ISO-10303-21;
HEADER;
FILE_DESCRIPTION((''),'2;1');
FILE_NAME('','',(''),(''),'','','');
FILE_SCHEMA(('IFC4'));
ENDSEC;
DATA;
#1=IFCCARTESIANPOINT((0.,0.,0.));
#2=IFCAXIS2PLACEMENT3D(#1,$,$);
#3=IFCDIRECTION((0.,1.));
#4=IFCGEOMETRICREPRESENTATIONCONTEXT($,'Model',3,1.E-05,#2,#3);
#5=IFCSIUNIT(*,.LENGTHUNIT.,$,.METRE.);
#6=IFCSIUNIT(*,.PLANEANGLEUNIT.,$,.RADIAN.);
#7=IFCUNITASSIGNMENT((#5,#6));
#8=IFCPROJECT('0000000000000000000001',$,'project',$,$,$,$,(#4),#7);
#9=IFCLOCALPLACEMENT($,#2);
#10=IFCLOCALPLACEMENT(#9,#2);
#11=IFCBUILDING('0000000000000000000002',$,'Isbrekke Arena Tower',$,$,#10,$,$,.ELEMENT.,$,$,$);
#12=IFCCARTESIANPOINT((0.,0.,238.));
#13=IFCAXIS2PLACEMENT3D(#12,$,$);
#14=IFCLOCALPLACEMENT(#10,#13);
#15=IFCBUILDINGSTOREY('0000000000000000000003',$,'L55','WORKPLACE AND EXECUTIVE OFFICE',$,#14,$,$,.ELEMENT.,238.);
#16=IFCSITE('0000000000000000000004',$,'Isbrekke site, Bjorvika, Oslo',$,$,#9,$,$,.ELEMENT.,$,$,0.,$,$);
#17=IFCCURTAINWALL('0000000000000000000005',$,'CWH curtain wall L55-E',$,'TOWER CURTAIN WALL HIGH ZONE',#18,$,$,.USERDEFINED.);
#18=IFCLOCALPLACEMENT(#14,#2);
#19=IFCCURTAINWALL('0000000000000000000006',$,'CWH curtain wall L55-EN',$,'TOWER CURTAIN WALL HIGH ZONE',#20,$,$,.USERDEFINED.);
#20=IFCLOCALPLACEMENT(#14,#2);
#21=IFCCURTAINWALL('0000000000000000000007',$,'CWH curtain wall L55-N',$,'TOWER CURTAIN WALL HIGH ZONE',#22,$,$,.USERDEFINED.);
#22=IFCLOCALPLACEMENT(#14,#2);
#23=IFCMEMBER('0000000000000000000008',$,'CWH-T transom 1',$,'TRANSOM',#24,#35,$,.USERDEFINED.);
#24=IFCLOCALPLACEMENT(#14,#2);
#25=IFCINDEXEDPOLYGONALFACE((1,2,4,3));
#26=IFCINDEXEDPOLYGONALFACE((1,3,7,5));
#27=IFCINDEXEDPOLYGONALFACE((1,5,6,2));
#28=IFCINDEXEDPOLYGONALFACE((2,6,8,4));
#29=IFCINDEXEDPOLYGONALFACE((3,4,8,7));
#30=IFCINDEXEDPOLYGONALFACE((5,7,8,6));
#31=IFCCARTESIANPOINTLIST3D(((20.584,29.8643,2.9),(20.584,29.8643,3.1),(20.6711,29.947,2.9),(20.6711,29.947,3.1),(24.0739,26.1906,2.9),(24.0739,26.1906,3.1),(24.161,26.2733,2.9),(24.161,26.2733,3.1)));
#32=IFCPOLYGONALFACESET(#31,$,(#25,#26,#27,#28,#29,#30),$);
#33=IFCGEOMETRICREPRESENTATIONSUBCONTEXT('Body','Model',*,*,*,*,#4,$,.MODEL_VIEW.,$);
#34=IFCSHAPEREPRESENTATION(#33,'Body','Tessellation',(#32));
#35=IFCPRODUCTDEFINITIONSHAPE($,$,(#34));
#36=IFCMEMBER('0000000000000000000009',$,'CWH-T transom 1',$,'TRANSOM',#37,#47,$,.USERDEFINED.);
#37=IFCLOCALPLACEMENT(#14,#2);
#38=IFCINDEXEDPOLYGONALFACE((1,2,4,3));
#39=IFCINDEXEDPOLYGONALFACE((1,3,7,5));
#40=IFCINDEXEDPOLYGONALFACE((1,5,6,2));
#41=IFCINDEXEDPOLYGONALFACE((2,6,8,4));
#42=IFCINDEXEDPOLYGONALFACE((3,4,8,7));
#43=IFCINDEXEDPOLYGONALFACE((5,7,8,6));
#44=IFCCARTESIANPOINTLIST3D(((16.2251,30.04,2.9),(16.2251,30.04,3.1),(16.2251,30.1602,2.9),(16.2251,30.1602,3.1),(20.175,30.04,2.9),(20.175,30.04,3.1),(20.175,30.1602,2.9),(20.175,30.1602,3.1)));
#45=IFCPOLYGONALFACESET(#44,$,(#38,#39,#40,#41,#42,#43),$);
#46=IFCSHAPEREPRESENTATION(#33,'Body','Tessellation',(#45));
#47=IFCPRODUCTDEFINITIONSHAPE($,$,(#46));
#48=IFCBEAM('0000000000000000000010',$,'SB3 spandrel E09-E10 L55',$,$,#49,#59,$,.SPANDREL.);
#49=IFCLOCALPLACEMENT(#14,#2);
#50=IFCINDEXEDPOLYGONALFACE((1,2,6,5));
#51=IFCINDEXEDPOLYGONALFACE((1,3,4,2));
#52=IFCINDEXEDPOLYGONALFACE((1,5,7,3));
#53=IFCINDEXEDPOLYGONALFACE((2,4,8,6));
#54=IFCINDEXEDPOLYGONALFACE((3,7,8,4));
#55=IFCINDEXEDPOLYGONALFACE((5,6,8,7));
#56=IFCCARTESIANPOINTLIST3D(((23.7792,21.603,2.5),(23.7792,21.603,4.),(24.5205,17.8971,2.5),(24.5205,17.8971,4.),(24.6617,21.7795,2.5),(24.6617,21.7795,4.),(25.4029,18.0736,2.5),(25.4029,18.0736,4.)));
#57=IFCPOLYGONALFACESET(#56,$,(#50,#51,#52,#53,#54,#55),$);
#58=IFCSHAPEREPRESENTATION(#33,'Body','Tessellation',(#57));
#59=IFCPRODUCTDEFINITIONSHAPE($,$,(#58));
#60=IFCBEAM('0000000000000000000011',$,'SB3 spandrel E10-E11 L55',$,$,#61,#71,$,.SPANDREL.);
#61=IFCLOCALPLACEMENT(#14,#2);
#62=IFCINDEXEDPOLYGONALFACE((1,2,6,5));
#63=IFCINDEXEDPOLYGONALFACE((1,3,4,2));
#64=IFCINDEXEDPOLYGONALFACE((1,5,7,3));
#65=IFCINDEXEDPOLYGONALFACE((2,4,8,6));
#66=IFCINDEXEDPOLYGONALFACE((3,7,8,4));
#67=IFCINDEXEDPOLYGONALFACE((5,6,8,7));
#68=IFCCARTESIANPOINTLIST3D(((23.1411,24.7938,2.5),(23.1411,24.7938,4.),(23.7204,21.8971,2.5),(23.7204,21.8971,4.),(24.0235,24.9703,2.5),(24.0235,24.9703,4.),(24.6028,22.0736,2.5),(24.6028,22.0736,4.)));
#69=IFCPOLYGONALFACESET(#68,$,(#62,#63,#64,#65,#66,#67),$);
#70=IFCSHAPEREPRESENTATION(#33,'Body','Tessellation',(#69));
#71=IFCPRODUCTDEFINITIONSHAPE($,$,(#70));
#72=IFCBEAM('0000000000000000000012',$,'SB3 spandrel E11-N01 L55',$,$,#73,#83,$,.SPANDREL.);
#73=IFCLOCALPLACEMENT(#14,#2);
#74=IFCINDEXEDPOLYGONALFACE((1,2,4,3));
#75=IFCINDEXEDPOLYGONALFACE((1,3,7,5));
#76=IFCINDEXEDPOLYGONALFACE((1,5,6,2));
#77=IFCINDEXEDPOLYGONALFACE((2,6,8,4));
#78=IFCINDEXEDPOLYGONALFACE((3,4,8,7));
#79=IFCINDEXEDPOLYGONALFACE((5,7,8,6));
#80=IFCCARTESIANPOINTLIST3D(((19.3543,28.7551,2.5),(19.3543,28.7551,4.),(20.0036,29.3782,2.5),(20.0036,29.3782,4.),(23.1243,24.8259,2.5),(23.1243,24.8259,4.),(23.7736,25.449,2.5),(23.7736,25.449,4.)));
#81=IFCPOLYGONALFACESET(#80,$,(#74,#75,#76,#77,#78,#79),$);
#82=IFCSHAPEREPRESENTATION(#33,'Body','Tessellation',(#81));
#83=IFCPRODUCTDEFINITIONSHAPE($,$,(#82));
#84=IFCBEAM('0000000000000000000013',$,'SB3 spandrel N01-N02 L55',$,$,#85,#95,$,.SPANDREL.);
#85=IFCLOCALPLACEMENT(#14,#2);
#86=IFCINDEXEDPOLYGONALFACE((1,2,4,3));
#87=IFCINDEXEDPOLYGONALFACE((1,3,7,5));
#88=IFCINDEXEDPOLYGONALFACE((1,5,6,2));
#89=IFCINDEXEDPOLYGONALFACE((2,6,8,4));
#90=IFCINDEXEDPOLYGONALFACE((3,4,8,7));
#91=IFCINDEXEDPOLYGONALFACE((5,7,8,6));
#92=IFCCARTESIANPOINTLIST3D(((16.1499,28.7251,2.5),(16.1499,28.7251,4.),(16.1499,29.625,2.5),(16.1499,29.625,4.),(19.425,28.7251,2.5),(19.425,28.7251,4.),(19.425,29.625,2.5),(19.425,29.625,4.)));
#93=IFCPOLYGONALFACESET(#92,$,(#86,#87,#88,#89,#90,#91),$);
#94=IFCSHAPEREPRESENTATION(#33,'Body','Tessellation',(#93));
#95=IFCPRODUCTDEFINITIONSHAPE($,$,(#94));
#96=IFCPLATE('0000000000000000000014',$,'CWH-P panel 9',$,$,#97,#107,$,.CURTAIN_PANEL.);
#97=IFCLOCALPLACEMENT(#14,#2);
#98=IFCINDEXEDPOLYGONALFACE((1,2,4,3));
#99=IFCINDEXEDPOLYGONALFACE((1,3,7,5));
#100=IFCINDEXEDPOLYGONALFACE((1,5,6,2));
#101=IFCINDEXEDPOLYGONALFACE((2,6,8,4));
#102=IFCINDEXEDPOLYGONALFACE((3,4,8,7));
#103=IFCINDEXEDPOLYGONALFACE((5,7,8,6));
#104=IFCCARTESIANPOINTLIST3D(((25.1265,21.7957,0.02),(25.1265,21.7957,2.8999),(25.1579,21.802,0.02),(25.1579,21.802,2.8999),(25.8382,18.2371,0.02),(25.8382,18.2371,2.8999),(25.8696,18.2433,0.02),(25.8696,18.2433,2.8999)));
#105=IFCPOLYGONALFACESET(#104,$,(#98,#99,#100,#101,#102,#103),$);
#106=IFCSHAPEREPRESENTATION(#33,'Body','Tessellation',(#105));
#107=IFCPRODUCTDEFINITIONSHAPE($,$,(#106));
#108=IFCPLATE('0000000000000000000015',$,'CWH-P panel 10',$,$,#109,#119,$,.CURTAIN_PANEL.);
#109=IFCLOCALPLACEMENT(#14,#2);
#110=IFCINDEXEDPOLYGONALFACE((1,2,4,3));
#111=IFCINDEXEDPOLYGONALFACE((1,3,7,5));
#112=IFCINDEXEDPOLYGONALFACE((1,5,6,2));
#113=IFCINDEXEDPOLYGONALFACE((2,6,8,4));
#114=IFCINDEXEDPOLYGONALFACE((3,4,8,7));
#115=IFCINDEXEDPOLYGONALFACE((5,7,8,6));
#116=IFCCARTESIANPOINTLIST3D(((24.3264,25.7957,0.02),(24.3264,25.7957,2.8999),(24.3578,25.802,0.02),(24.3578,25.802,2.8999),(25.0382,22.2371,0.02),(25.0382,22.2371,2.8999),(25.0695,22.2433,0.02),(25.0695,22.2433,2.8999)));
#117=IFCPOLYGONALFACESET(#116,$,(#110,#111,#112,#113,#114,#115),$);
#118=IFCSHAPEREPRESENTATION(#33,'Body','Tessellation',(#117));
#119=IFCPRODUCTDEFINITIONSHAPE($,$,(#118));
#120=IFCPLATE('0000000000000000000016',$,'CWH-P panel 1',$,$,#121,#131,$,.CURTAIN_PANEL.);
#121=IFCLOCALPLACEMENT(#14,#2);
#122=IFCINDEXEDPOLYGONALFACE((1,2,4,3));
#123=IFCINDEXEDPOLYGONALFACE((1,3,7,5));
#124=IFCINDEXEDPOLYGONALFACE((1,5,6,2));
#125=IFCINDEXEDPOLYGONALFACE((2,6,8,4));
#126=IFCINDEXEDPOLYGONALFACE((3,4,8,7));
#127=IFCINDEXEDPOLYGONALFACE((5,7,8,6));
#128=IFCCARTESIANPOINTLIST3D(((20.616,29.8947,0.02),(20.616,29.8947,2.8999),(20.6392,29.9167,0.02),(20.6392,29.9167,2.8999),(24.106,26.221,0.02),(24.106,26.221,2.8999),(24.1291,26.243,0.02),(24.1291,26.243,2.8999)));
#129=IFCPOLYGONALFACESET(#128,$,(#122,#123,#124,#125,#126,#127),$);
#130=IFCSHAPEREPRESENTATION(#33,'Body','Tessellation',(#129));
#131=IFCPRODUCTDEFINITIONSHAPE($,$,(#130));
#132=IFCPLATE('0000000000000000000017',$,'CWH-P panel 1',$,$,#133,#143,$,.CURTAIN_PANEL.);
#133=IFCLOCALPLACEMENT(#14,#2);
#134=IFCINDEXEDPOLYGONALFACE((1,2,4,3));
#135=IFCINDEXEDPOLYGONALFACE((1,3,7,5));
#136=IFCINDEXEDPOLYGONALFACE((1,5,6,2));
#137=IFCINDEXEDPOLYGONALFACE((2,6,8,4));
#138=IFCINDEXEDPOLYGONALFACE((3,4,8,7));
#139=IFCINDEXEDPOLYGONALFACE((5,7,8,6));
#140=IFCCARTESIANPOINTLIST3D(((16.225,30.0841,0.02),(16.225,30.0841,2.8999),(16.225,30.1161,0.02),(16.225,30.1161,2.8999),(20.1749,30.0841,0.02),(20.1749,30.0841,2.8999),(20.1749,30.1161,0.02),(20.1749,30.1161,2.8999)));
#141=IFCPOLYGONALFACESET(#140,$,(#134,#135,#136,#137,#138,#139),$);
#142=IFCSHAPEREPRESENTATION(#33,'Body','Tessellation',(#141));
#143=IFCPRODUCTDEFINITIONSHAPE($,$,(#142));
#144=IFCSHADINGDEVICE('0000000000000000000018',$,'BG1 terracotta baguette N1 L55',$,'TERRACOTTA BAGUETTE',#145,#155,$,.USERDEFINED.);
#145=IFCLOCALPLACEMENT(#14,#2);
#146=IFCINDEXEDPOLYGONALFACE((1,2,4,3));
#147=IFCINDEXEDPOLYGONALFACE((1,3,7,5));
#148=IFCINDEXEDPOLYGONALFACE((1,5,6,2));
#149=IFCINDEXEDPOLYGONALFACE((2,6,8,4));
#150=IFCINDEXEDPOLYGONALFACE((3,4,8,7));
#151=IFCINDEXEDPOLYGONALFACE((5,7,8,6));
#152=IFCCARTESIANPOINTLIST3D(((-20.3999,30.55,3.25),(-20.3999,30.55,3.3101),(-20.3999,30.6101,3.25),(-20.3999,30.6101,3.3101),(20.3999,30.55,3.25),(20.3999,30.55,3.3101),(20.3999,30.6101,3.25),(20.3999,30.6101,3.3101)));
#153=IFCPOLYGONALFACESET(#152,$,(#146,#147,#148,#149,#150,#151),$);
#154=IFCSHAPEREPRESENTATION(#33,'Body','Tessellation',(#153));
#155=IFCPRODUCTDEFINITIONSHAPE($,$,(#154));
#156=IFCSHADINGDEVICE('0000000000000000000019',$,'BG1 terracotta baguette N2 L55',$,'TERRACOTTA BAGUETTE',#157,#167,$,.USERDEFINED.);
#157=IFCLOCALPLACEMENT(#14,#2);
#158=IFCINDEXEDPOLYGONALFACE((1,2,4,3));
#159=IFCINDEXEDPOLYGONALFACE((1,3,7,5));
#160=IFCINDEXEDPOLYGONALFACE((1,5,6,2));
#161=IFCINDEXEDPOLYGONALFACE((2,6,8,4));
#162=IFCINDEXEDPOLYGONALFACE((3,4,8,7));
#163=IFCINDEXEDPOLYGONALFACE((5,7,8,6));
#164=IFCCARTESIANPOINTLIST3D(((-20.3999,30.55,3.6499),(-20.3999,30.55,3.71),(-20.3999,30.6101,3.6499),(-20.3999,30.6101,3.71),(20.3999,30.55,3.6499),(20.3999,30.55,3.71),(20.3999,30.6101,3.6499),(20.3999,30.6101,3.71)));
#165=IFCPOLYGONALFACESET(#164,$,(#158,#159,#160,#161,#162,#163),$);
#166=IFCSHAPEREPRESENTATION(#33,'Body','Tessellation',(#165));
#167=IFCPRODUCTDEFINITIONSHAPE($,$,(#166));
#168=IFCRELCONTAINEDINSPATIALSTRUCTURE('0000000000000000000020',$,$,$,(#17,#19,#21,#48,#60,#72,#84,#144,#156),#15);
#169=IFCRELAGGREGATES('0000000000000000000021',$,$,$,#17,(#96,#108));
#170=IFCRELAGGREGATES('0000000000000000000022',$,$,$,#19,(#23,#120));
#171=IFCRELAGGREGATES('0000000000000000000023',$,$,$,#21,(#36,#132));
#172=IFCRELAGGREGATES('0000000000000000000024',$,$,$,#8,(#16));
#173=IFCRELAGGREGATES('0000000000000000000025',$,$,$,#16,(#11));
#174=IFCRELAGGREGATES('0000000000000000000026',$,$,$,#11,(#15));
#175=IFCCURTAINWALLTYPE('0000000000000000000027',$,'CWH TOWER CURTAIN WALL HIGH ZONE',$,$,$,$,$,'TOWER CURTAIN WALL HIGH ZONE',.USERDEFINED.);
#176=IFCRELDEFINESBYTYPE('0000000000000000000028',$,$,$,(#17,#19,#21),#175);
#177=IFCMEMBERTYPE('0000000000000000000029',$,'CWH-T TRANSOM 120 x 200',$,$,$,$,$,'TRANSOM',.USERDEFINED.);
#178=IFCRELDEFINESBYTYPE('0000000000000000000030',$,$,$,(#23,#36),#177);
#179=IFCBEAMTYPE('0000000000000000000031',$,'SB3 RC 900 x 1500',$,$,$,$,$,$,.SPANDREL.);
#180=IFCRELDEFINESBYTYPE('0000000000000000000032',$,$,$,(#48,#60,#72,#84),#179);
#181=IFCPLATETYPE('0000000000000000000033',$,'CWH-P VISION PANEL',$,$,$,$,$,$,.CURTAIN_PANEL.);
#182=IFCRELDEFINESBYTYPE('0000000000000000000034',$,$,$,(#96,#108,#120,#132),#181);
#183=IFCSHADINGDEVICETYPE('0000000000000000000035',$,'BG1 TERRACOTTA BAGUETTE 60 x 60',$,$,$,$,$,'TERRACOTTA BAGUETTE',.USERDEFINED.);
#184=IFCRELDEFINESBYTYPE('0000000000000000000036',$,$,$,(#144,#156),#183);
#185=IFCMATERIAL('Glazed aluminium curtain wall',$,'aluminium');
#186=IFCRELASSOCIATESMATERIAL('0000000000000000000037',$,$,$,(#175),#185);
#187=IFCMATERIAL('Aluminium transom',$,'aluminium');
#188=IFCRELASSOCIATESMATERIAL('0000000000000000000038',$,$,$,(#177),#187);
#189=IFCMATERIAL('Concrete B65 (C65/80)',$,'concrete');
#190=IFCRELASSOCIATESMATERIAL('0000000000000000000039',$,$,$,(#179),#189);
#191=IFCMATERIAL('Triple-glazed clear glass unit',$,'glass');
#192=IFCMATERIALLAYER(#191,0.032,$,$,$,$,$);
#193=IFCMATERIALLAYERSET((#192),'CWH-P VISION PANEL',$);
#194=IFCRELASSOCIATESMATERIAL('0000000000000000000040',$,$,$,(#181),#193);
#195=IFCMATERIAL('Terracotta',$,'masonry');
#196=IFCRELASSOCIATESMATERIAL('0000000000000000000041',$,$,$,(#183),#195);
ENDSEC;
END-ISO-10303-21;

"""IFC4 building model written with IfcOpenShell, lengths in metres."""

from ifc_helpers import new_model, si_unit, direction, frame, origin, origin_2d, place, context, subcontext, project, spatial, rectangle, extrude, material, layer, layer_set, material_profile, profile_set, type_object, element, aggregate, save


model = new_model("IFC4")

# Units and contexts
model_context = context("Model", 3, precision=1e-05, world=origin(), true_north=direction((0.0, 1.0)))
body_context = subcontext(model_context, "Body", "Model", "MODEL_VIEW")
ifc_project = project(units=[si_unit("LENGTHUNIT", "METRE"), si_unit("PLANEANGLEUNIT", "RADIAN")], contexts=[model_context])

# Site, building, storey
site_placement = place(None, origin())
site = spatial("IfcSite", under=ifc_project, at=site_placement, Name="Isbrekke site, Bjorvika, Oslo", CompositionType="ELEMENT", RefElevation=0.0)
building_placement = place(site_placement, origin())
building = spatial("IfcBuilding", under=site, at=building_placement, Name="Isbrekke Arena Tower", CompositionType="ELEMENT")
storey_placement = place(building_placement, frame((0.0, 0.0, 238.0)))
storey = spatial("IfcBuildingStorey", under=building, at=storey_placement, Name="L55", Description="WORKPLACE AND EXECUTIVE OFFICE", CompositionType="ELEMENT", Elevation=238.0)

# Curtain wall
ifc_material_1 = material(Name="Glazed aluminium curtain wall", Category="aluminium")
curtain_wall_type = type_object("IfcCurtainWallType", Name="CWH TOWER CURTAIN WALL HIGH ZONE", ElementType="TOWER CURTAIN WALL HIGH ZONE", PredefinedType="USERDEFINED", material=ifc_material_1)
curtain_wall_1_placement = place(storey_placement, origin())
curtain_wall_1 = element("IfcCurtainWall", 1, at=curtain_wall_1_placement, inside=storey, type_object=curtain_wall_type, Name="CWH curtain wall L55-E", ObjectType="TOWER CURTAIN WALL HIGH ZONE", PredefinedType="USERDEFINED")

# Curtain walls
curtain_wall_2_placement = place(storey_placement, origin())
curtain_wall_2 = element("IfcCurtainWall", 2, at=curtain_wall_2_placement, inside=storey, type_object=curtain_wall_type, Name="CWH curtain wall L55-EN", ObjectType="TOWER CURTAIN WALL HIGH ZONE", PredefinedType="USERDEFINED")
curtain_wall_3_placement = place(storey_placement, origin())
curtain_wall_3 = element("IfcCurtainWall", 3, at=curtain_wall_3_placement, inside=storey, type_object=curtain_wall_type, Name="CWH curtain wall L55-N", ObjectType="TOWER CURTAIN WALL HIGH ZONE", PredefinedType="USERDEFINED")

# Members
ifc_material_2 = material(Name="Aluminium transom", Category="aluminium")
ifc_material_profile_1 = material_profile(ifc_material_2, rectangle(XDim=0.1201, YDim=0.2, at=origin_2d()), Name="TRANSOM 120X200")
ifc_profile_set_1 = profile_set([ifc_material_profile_1], Name="Aluminium transom")
member_type_1 = type_object("IfcMemberType", Name="CWH-T TRANSOM 120 x 200", ElementType="TRANSOM", PredefinedType="USERDEFINED", material=ifc_profile_set_1)
member_1_placement = place(storey_placement, frame((24.1174, 26.2319, 3.0), z_axis=(-0.688734, 0.725014, 0.0), x_axis=(-0.725014, -0.688734, 0.0)))
member_1 = element("IfcMember", 4, at=member_1_placement, type_object=member_type_1, Name="CWH-T transom 1", ObjectType="TRANSOM", PredefinedType="USERDEFINED", context=body_context, shape_type="SweptSolid", body=[
    extrude(rectangle(XDim=0.1201, YDim=0.2, at=origin_2d()), origin(), (0.0, 0.0, 1.0), 5.0671),
])
member_2_placement = place(storey_placement, frame((20.175, 30.1001, 3.0), z_axis=(-1.0, 0.0, 0.0), x_axis=(0.0, -1.0, 0.0)))
member_2 = element("IfcMember", 5, at=member_2_placement, type_object=member_type_1, Name="CWH-T transom 1", ObjectType="TRANSOM", PredefinedType="USERDEFINED", context=body_context, shape_type="SweptSolid", body=[
    extrude(rectangle(XDim=0.1201, YDim=0.2, at=origin_2d()), origin(), (0.0, 0.0, 1.0), 3.95),
])

# Beams
ifc_material_3 = material(Name="Concrete B65 (C65/80)", Category="concrete")
ifc_material_profile_2 = material_profile(ifc_material_3, rectangle(XDim=0.8999, YDim=1.5, at=origin_2d()), Name="RC 900x1500")
ifc_profile_set_2 = profile_set([ifc_material_profile_2], Name="Concrete B65 (C65/80)")
beam_type_1 = type_object("IfcBeamType", Name="SB3 RC 900 x 1500", PredefinedType="SPANDREL", material=ifc_profile_set_2)
beam_1_placement = place(storey_placement, frame((24.9617, 17.9854, 3.25), z_axis=(-0.196129, 0.980578, 0.0), x_axis=(-0.980578, -0.196129, 0.0)))
element("IfcBeam", 6, at=beam_1_placement, inside=storey, type_object=beam_type_1, Name="SB3 spandrel E09-E10 L55", PredefinedType="SPANDREL", context=body_context, shape_type="SweptSolid", body=[
    extrude(rectangle(XDim=0.8999, YDim=1.5, at=origin_2d()), origin(), (0.0, 0.0, 1.0), 3.7793),
])
beam_2_placement = place(storey_placement, frame((24.1616, 21.9854, 3.25), z_axis=(-0.196116, 0.980581, 0.0), x_axis=(-0.980581, -0.196116, 0.0)))
element("IfcBeam", 7, at=beam_2_placement, inside=storey, type_object=beam_type_1, Name="SB3 spandrel E10-E11 L55", PredefinedType="SPANDREL", context=body_context, shape_type="SweptSolid", body=[
    extrude(rectangle(XDim=0.8999, YDim=1.5, at=origin_2d()), origin(), (0.0, 0.0, 1.0), 2.9541),
])
beam_3_placement = place(storey_placement, frame((23.449, 25.1375, 3.25), z_axis=(-0.69234, 0.721572, 0.0), x_axis=(-0.721572, -0.69234, 0.0)))
element("IfcBeam", 8, at=beam_3_placement, inside=storey, type_object=beam_type_1, Name="SB3 spandrel E11-N01 L55", PredefinedType="SPANDREL", context=body_context, shape_type="SweptSolid", body=[
    extrude(rectangle(XDim=0.8999, YDim=1.5, at=origin_2d()), origin(), (0.0, 0.0, 1.0), 5.4453),
])
beam_4_placement = place(storey_placement, frame((19.425, 29.175, 3.25), z_axis=(-1.0, 0.0, 0.0), x_axis=(0.0, -1.0, 0.0)))
element("IfcBeam", 9, at=beam_4_placement, inside=storey, type_object=beam_type_1, Name="SB3 spandrel N01-N02 L55", PredefinedType="SPANDREL", context=body_context, shape_type="SweptSolid", body=[
    extrude(rectangle(XDim=0.8999, YDim=1.5, at=origin_2d()), origin(), (0.0, 0.0, 1.0), 3.2751),
])

# Plates
ifc_material_4 = material(Name="Triple-glazed clear glass unit", Category="glass")
ifc_layer = layer(ifc_material_4, 0.032)
ifc_layer_set = layer_set([ifc_layer], Name="CWH-P VISION PANEL")
plate_type = type_object("IfcPlateType", Name="CWH-P VISION PANEL", PredefinedType="CURTAIN_PANEL", material=ifc_layer_set)
plate_1_placement = place(storey_placement, frame((25.498, 20.0195, 0.02), z_axis=(0.0, 0.0, 1.0), x_axis=(-0.196116, 0.980581, 0.0)))
plate_1 = element("IfcPlate", 10, at=plate_1_placement, type_object=plate_type, Name="CWH-P panel 9", PredefinedType="CURTAIN_PANEL", context=body_context, shape_type="SweptSolid", body=[
    extrude(rectangle(XDim=3.6292, YDim=0.032, at=origin_2d()), origin(), (0.0, 0.0, 1.0), 2.8799),
])
plate_2_placement = place(storey_placement, frame((24.698, 24.0195, 0.02), z_axis=(0.0, 0.0, 1.0), x_axis=(-0.196116, 0.980581, 0.0)))
plate_2 = element("IfcPlate", 11, at=plate_2_placement, type_object=plate_type, Name="CWH-P panel 10", PredefinedType="CURTAIN_PANEL", context=body_context, shape_type="SweptSolid", body=[
    extrude(rectangle(XDim=3.6292, YDim=0.032, at=origin_2d()), origin(), (0.0, 0.0, 1.0), 2.8799),
])
aggregate(curtain_wall_1, [plate_1, plate_2])
plate_3_placement = place(storey_placement, frame((22.3726, 28.0688, 0.02), z_axis=(0.0, 0.0, 1.0), x_axis=(-0.688749, 0.724999, 0.0)))
plate_3 = element("IfcPlate", 12, at=plate_3_placement, type_object=plate_type, Name="CWH-P panel 1", PredefinedType="CURTAIN_PANEL", context=body_context, shape_type="SweptSolid", body=[
    extrude(rectangle(XDim=5.0671, YDim=0.032, at=origin_2d()), origin(), (0.0, 0.0, 1.0), 2.8799),
])
aggregate(curtain_wall_2, [member_1, plate_3])
plate_4_placement = place(storey_placement, frame((18.2, 30.1001, 0.02), z_axis=(0.0, 0.0, 1.0), x_axis=(-1.0, 0.0, 0.0)))
plate_4 = element("IfcPlate", 13, at=plate_4_placement, type_object=plate_type, Name="CWH-P panel 1", PredefinedType="CURTAIN_PANEL", context=body_context, shape_type="SweptSolid", body=[
    extrude(rectangle(XDim=3.95, YDim=0.032, at=origin_2d()), origin(), (0.0, 0.0, 1.0), 2.8799),
])
aggregate(curtain_wall_3, [member_2, plate_4])

# Shading devices
ifc_material_5 = material(Name="Terracotta", Category="masonry")
ifc_material_profile_3 = material_profile(ifc_material_5, rectangle(XDim=0.0601, YDim=0.0601, at=origin_2d()), Name="BAGUETTE 60X60")
ifc_profile_set_3 = profile_set([ifc_material_profile_3], Name="Terracotta")
shading_device_type = type_object("IfcShadingDeviceType", Name="BG1 TERRACOTTA BAGUETTE 60 x 60", ElementType="TERRACOTTA BAGUETTE", PredefinedType="USERDEFINED", material=ifc_profile_set_3)
for number, where, z_axis, x_axis, name in (
    (14, (20.3999, 30.5801, 3.28), (-1.0, 0.0, 0.0), (0.0, -1.0, 0.0), "BG1 terracotta baguette N1 L55"),
    (15, (20.3999, 30.5801, 3.6799), (-1.0, 0.0, 0.0), (0.0, -1.0, 0.0), "BG1 terracotta baguette N2 L55"),
):
    element("IfcShadingDevice", number, at=place(storey_placement, frame(where, z_axis=z_axis, x_axis=x_axis)), inside=storey, type_object=shading_device_type, Name=name, ObjectType="TERRACOTTA BAGUETTE", PredefinedType="USERDEFINED", context=body_context, shape_type="SweptSolid", body=[
        extrude(rectangle(XDim=0.0601, YDim=0.0601, at=origin_2d()), origin(), (0.0, 0.0, 1.0), 40.7998),
    ])

save(model, "model.ifc")
